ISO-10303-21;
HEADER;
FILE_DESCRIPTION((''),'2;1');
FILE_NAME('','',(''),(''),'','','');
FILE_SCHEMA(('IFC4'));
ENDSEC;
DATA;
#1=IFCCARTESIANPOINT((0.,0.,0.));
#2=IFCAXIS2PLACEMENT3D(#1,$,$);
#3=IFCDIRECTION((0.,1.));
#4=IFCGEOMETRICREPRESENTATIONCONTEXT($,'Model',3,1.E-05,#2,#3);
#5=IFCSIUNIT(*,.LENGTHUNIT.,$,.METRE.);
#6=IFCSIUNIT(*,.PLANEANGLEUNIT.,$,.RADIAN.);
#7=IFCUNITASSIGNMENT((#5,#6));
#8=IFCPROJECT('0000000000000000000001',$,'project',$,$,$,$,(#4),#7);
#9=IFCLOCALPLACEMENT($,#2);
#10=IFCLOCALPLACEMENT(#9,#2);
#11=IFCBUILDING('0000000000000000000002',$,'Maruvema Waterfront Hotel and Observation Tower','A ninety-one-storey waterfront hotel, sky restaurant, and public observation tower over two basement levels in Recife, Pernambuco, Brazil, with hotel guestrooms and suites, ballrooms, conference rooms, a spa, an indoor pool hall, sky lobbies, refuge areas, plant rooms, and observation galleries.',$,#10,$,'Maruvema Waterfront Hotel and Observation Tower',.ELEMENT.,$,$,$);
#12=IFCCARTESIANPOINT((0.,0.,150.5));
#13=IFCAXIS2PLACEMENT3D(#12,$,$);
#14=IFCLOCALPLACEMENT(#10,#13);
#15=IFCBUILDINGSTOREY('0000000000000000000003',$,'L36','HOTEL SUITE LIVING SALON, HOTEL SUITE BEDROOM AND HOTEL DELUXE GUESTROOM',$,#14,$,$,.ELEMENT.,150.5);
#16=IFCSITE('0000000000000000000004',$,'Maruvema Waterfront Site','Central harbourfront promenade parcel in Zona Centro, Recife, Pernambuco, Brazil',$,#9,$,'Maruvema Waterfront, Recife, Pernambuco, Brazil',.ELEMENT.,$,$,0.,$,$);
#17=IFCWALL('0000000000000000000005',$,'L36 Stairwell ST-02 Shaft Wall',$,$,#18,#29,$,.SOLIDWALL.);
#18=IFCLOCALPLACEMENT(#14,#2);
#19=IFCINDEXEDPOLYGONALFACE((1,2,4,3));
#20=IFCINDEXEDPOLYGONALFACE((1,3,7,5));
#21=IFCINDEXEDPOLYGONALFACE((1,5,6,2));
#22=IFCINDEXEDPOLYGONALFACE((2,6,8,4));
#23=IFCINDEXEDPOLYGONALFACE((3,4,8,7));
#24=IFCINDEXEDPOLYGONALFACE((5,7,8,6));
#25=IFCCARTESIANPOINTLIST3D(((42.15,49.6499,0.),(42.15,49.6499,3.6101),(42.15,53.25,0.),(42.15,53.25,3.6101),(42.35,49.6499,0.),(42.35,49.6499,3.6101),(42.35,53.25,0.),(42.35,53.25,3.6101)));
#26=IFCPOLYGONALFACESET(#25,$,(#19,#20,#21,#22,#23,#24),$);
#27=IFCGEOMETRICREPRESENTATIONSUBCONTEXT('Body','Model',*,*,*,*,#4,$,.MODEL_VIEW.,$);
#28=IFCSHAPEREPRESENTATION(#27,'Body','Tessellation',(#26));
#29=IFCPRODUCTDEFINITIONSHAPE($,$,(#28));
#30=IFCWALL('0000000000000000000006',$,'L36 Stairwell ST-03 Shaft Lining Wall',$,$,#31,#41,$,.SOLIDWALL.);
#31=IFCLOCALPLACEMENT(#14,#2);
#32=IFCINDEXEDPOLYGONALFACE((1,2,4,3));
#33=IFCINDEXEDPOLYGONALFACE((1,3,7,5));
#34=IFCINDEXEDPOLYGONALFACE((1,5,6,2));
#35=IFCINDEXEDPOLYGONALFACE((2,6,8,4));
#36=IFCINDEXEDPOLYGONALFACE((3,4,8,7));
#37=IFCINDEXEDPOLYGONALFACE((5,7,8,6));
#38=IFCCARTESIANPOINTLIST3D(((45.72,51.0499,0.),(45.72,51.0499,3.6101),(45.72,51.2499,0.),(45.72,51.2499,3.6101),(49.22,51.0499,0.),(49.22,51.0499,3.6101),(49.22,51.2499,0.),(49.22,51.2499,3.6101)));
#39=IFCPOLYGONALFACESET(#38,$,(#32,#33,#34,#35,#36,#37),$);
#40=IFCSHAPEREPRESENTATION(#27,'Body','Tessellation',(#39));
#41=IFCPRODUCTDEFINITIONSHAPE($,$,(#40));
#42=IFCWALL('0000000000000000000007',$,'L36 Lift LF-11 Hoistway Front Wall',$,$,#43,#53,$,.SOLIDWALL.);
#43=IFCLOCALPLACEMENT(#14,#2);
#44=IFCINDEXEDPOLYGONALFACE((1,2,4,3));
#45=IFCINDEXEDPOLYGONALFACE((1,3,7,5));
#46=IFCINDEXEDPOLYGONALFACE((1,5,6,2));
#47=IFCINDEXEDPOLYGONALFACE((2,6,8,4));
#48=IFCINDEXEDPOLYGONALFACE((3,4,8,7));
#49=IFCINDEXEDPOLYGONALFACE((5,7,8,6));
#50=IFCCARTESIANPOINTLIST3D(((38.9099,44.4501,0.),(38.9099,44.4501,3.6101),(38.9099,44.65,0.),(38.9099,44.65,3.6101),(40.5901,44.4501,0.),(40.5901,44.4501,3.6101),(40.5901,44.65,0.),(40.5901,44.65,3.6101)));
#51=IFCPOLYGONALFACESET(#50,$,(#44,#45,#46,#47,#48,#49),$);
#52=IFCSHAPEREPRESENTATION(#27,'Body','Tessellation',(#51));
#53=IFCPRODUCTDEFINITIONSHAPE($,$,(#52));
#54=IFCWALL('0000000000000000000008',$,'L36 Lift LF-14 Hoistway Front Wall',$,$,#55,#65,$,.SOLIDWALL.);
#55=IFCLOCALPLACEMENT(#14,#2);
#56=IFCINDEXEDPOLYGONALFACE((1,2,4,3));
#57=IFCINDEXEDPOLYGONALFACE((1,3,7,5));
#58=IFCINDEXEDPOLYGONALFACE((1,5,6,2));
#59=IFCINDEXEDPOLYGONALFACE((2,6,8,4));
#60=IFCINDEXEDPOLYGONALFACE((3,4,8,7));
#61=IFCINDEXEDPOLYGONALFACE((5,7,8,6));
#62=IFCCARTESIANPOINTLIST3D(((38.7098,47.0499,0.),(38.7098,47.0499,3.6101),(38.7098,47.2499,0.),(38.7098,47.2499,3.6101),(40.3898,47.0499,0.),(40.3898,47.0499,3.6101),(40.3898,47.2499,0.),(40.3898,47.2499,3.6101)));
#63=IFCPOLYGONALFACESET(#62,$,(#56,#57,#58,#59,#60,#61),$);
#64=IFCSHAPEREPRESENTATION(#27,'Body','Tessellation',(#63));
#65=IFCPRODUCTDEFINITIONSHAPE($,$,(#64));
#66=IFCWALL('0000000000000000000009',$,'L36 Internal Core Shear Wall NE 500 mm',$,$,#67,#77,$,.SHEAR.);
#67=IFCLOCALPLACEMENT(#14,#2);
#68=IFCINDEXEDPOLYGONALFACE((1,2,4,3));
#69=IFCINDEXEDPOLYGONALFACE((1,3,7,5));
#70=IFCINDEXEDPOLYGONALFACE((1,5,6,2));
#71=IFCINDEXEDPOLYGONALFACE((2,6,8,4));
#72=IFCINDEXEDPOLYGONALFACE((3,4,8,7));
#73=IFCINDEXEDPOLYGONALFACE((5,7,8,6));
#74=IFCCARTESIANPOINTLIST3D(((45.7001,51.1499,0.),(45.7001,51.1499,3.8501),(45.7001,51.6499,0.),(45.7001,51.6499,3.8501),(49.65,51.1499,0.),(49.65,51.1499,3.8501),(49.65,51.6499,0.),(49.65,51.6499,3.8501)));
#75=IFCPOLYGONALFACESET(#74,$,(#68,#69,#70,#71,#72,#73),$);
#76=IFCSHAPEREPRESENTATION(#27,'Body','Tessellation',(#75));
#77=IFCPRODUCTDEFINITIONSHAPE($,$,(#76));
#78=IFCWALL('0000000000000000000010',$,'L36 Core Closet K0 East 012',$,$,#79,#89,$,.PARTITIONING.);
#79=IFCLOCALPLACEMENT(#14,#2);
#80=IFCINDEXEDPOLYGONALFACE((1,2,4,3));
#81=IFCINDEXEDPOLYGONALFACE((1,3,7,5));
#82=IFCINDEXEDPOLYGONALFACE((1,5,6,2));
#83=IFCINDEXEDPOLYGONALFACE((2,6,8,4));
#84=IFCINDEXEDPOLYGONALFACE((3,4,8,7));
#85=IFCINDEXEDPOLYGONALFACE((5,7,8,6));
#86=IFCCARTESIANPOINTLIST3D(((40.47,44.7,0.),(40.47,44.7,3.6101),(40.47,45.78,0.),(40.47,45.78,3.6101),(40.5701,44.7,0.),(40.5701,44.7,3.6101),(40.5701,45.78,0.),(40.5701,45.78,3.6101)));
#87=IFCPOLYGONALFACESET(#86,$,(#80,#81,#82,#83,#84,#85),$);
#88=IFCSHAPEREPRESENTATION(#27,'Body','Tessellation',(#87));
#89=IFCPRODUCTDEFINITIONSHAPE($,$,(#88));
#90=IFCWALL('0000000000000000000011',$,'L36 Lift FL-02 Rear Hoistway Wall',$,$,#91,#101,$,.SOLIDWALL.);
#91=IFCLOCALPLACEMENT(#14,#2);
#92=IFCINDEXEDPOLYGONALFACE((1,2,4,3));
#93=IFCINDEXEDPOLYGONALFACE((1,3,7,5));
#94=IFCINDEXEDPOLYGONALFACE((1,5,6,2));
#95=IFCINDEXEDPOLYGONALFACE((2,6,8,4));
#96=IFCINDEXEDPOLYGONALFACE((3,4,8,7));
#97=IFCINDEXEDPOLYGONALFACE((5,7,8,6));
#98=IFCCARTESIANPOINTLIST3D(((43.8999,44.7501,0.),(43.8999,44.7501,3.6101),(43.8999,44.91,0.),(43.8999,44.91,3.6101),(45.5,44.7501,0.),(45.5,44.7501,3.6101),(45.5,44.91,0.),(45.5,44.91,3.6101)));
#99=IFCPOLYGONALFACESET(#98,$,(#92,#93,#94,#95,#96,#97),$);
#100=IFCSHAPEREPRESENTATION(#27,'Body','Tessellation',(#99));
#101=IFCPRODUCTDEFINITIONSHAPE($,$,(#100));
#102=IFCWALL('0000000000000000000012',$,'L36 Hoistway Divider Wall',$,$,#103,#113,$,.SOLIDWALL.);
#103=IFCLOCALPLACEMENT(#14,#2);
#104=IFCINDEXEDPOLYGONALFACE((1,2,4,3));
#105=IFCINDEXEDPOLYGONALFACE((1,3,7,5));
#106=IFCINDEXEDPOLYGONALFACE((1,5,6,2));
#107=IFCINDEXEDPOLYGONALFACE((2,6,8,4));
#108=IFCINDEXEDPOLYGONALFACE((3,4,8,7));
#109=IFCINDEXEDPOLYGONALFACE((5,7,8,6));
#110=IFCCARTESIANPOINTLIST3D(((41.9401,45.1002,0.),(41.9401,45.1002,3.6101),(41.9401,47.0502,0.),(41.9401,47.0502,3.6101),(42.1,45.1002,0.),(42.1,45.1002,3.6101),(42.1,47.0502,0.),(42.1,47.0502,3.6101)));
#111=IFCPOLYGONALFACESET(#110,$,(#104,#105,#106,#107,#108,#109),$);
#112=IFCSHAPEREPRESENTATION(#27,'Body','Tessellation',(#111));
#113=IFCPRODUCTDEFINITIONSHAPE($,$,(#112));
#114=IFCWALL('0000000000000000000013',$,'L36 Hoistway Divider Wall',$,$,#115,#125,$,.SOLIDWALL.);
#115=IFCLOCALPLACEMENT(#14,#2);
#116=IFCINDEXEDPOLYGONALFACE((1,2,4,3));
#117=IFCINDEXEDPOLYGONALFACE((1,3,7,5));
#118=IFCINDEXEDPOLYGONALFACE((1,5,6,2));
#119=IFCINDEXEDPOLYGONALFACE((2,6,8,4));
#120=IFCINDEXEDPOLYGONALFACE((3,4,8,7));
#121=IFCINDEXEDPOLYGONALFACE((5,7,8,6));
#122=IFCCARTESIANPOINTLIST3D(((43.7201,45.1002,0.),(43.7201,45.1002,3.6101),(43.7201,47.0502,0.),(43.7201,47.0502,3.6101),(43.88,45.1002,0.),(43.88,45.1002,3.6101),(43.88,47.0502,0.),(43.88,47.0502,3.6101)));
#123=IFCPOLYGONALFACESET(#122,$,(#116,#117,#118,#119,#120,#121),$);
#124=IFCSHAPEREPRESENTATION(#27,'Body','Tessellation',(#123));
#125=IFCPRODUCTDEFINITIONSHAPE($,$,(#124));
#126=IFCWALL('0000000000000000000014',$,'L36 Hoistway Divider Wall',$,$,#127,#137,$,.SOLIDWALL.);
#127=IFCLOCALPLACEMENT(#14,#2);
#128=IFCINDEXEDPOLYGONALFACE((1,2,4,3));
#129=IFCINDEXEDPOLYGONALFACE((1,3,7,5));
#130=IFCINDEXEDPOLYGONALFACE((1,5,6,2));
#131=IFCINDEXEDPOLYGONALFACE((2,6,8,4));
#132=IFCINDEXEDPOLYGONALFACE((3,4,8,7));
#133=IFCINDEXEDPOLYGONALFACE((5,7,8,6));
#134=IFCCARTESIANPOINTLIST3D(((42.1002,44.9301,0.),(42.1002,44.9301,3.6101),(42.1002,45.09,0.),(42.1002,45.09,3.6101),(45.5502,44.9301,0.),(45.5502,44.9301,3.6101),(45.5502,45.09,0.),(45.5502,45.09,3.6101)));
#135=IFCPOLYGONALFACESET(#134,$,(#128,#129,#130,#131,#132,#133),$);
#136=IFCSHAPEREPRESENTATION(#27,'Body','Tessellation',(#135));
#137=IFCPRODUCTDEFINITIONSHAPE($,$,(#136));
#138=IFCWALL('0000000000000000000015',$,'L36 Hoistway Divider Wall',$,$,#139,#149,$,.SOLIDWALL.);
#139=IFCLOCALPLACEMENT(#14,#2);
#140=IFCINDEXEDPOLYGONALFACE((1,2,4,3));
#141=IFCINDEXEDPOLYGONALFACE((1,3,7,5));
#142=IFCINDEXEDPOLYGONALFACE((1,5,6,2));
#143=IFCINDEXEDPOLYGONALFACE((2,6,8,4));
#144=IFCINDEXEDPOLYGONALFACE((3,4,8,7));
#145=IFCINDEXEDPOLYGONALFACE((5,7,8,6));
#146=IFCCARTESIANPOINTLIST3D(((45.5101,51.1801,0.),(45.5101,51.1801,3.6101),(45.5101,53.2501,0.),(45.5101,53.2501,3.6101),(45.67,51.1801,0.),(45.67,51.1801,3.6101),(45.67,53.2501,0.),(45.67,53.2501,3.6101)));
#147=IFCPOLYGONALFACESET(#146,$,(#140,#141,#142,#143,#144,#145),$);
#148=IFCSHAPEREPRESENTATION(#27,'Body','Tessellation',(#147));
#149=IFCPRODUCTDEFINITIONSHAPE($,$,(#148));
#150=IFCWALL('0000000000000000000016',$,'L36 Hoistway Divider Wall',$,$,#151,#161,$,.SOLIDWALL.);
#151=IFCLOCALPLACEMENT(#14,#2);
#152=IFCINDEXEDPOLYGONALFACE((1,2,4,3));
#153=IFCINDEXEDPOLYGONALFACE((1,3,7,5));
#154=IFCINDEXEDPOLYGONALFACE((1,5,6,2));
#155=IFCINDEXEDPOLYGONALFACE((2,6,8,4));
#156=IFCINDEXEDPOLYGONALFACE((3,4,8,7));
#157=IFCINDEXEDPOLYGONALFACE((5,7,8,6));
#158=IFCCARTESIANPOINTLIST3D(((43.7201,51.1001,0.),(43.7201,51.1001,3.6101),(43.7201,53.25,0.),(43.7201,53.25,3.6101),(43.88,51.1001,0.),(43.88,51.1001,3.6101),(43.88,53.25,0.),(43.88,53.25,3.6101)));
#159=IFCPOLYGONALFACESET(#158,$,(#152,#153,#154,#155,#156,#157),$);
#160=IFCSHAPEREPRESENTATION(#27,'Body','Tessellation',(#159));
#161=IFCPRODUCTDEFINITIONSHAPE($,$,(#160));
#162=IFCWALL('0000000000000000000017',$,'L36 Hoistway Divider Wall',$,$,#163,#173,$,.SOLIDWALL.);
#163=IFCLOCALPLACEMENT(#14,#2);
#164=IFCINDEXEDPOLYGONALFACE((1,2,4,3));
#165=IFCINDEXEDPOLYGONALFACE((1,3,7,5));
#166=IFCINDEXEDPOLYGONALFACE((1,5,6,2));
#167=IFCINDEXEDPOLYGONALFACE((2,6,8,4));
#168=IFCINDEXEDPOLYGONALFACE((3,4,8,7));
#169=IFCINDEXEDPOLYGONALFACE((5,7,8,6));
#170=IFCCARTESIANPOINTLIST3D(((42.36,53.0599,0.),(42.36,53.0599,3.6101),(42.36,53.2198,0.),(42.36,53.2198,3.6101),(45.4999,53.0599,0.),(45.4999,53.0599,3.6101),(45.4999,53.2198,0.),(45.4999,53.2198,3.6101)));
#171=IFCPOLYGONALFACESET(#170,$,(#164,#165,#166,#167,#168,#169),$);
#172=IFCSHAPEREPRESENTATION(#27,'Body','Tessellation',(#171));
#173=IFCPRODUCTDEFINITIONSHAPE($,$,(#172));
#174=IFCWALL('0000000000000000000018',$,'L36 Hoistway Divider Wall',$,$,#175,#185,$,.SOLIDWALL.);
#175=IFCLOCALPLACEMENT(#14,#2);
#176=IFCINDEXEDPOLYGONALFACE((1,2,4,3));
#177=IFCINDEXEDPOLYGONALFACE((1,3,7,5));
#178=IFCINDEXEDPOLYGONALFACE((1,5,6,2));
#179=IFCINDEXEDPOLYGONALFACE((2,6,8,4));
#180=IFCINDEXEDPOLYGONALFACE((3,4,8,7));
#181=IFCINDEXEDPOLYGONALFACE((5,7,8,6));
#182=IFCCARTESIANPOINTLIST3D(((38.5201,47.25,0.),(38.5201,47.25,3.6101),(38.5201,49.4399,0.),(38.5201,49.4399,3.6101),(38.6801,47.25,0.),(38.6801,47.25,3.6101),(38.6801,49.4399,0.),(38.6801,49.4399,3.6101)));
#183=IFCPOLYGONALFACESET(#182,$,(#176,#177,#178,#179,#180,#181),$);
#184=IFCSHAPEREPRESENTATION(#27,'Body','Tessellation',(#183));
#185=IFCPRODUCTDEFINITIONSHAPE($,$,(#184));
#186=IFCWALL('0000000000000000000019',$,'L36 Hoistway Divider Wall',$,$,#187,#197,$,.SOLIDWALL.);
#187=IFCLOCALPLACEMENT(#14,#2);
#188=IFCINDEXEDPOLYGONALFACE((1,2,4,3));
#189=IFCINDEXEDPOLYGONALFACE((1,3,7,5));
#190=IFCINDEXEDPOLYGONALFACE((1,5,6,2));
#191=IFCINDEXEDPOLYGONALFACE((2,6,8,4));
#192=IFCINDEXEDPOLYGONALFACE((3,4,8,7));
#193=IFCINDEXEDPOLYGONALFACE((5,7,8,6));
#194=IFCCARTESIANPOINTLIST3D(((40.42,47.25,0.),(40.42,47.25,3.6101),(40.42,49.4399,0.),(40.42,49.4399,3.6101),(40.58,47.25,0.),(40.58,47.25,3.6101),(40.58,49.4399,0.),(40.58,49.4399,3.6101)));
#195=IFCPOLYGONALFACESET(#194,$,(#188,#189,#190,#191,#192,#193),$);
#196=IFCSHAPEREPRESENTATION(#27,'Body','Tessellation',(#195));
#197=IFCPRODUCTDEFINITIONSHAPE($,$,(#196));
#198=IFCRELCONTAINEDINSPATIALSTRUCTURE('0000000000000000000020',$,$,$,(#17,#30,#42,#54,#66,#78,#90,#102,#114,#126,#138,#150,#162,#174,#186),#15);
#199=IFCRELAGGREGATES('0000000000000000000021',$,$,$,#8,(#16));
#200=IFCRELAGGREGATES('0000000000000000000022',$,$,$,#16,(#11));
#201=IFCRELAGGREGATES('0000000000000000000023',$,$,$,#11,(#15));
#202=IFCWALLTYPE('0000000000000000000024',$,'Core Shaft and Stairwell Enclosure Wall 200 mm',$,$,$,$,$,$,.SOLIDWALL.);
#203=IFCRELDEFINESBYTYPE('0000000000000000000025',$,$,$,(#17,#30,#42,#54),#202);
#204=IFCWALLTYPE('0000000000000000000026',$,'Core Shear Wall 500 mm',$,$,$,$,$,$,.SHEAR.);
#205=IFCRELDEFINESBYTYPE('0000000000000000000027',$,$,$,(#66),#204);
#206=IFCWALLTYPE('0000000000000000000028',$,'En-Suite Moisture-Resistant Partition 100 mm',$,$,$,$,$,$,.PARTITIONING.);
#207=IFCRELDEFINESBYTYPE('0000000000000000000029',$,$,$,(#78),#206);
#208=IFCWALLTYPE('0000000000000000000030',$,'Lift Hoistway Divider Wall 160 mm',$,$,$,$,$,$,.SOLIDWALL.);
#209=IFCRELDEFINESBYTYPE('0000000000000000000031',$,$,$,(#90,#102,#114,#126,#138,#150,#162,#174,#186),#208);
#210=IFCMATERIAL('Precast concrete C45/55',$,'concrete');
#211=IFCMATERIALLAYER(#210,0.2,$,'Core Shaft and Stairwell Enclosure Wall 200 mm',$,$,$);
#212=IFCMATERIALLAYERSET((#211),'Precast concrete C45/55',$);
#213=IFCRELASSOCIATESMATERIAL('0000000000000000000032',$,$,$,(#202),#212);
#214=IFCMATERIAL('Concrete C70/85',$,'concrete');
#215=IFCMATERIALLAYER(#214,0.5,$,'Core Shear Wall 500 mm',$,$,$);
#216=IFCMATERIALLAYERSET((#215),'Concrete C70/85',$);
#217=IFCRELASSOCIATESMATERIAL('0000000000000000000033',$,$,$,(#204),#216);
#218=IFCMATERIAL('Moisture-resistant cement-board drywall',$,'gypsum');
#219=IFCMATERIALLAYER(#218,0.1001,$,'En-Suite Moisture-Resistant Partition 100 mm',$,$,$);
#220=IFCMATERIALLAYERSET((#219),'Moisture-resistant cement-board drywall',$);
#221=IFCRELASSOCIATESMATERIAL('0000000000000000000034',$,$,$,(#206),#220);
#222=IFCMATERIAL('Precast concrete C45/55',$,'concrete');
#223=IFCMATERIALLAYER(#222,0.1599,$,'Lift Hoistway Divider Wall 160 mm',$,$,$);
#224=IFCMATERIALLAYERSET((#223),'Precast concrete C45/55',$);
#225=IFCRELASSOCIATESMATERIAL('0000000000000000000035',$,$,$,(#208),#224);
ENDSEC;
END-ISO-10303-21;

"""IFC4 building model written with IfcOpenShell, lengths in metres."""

from ifc_helpers import new_model, si_unit, direction, frame, frame_2d, origin, place, context, subcontext, project, spatial, rectangle, extrude, material, layer, layer_set, type_object, element, save


model = new_model("IFC4")

# Units and contexts
model_context = context("Model", 3, precision=1e-05, world=origin(), true_north=direction((0.0, 1.0)))
body_context = subcontext(model_context, "Body", "Model", "MODEL_VIEW")
ifc_project = project(units=[si_unit("LENGTHUNIT", "METRE"), si_unit("PLANEANGLEUNIT", "RADIAN")], contexts=[model_context])

# Site, building, storey
site_placement = place(None, origin())
site = spatial("IfcSite", under=ifc_project, at=site_placement, Name="Maruvema Waterfront Site", Description="Central harbourfront promenade parcel in Zona Centro, Recife, Pernambuco, Brazil", LongName="Maruvema Waterfront, Recife, Pernambuco, Brazil", CompositionType="ELEMENT", RefElevation=0.0)
building_placement = place(site_placement, origin())
building = spatial("IfcBuilding", under=site, at=building_placement, Name="Maruvema Waterfront Hotel and Observation Tower", Description="A ninety-one-storey waterfront hotel, sky restaurant, and public observation tower over two basement levels in Recife, Pernambuco, Brazil, with hotel guestrooms and suites, ballrooms, conference rooms, a spa, an indoor pool hall, sky lobbies, refuge areas, plant rooms, and observation galleries.", LongName="Maruvema Waterfront Hotel and Observation Tower", CompositionType="ELEMENT")
storey_placement = place(building_placement, frame((0.0, 0.0, 150.5)))
storey = spatial("IfcBuildingStorey", under=building, at=storey_placement, Name="L36", Description="HOTEL SUITE LIVING SALON, HOTEL SUITE BEDROOM AND HOTEL DELUXE GUESTROOM", CompositionType="ELEMENT", Elevation=150.5)

# Walls
ifc_material_1 = material(Name="Precast concrete C45/55", Category="concrete")
ifc_layer_1 = layer(ifc_material_1, 0.2, Name="Core Shaft and Stairwell Enclosure Wall 200 mm")
ifc_layer_set_1 = layer_set([ifc_layer_1], Name="Precast concrete C45/55")
wall_type_1 = type_object("IfcWallType", Name="Core Shaft and Stairwell Enclosure Wall 200 mm", PredefinedType="SOLIDWALL", material=ifc_layer_set_1)
wall_1_placement = place(storey_placement, frame((42.25, 49.6499, 0.0), z_axis=(0.0, 0.0, 1.0), x_axis=(0.0, 1.0, 0.0)))
element("IfcWall", 1, at=wall_1_placement, inside=storey, type_object=wall_type_1, Name="L36 Stairwell ST-02 Shaft Wall", PredefinedType="SOLIDWALL", context=body_context, shape_type="SweptSolid", body=[
    extrude(rectangle(XDim=3.6001, YDim=0.2, at=frame_2d((1.8, 0.0))), origin(), (0.0, 0.0, 1.0), 3.6101),
])
wall_2_placement = place(storey_placement, frame((45.72, 51.1499, 0.0), z_axis=(0.0, 0.0, 1.0), x_axis=(1.0, 0.0, 0.0)))
element("IfcWall", 2, at=wall_2_placement, inside=storey, type_object=wall_type_1, Name="L36 Stairwell ST-03 Shaft Lining Wall", PredefinedType="SOLIDWALL", context=body_context, shape_type="SweptSolid", body=[
    extrude(rectangle(XDim=3.5, YDim=0.2, at=frame_2d((1.75, 0.0))), origin(), (0.0, 0.0, 1.0), 3.6101),
])

# Walls
wall_3_placement = place(storey_placement, frame((38.9099, 44.55, 0.0), z_axis=(0.0, 0.0, 1.0), x_axis=(1.0, 0.0, 0.0)))
element("IfcWall", 3, at=wall_3_placement, inside=storey, type_object=wall_type_1, Name="L36 Lift LF-11 Hoistway Front Wall", PredefinedType="SOLIDWALL", context=body_context, shape_type="SweptSolid", body=[
    extrude(rectangle(XDim=1.6802, YDim=0.2, at=frame_2d((0.8401, 0.0))), origin(), (0.0, 0.0, 1.0), 3.6101),
])
wall_4_placement = place(storey_placement, frame((38.71, 47.1499, 0.0), z_axis=(0.0, 0.0, 1.0), x_axis=(1.0, 0.0, 0.0)))
element("IfcWall", 4, at=wall_4_placement, inside=storey, type_object=wall_type_1, Name="L36 Lift LF-14 Hoistway Front Wall", PredefinedType="SOLIDWALL", context=body_context, shape_type="SweptSolid", body=[
    extrude(rectangle(XDim=1.6799, YDim=0.2, at=frame_2d((0.8398, 0.0))), origin(), (0.0, 0.0, 1.0), 3.6101),
])
ifc_material_2 = material(Name="Concrete C70/85", Category="concrete")
ifc_layer_2 = layer(ifc_material_2, 0.5, Name="Core Shear Wall 500 mm")
ifc_layer_set_2 = layer_set([ifc_layer_2], Name="Concrete C70/85")
wall_type_2 = type_object("IfcWallType", Name="Core Shear Wall 500 mm", PredefinedType="SHEAR", material=ifc_layer_set_2)
wall_5_placement = place(storey_placement, frame((45.7, 51.3999, 0.0), z_axis=(0.0, 0.0, 1.0), x_axis=(1.0, 0.0, 0.0)))
element("IfcWall", 5, at=wall_5_placement, inside=storey, type_object=wall_type_2, Name="L36 Internal Core Shear Wall NE 500 mm", PredefinedType="SHEAR", context=body_context, shape_type="SweptSolid", body=[
    extrude(rectangle(XDim=3.95, YDim=0.5, at=frame_2d((1.9751, 0.0))), origin(), (0.0, 0.0, 1.0), 3.8501),
])
ifc_material_3 = material(Name="Moisture-resistant cement-board drywall", Category="gypsum")
ifc_layer_3 = layer(ifc_material_3, 0.1001, Name="En-Suite Moisture-Resistant Partition 100 mm")
ifc_layer_set_3 = layer_set([ifc_layer_3], Name="Moisture-resistant cement-board drywall")
wall_type_3 = type_object("IfcWallType", Name="En-Suite Moisture-Resistant Partition 100 mm", PredefinedType="PARTITIONING", material=ifc_layer_set_3)
wall_6_placement = place(storey_placement, frame((40.52, 44.7, 0.0), z_axis=(0.0, 0.0, 1.0), x_axis=(0.0, 1.0, 0.0)))
element("IfcWall", 6, at=wall_6_placement, inside=storey, type_object=wall_type_3, Name="L36 Core Closet K0 East 012", PredefinedType="PARTITIONING", context=body_context, shape_type="SweptSolid", body=[
    extrude(rectangle(XDim=1.0801, YDim=0.1001, at=frame_2d((0.54, 0.0))), origin(), (0.0, 0.0, 1.0), 3.6101),
])
ifc_material_4 = material(Name="Precast concrete C45/55", Category="concrete")
ifc_layer_4 = layer(ifc_material_4, 0.1599, Name="Lift Hoistway Divider Wall 160 mm")
ifc_layer_set_4 = layer_set([ifc_layer_4], Name="Precast concrete C45/55")
wall_type_4 = type_object("IfcWallType", Name="Lift Hoistway Divider Wall 160 mm", PredefinedType="SOLIDWALL", material=ifc_layer_set_4)
wall_7_placement = place(storey_placement, frame((43.8999, 44.8301, 0.0), z_axis=(0.0, 0.0, 1.0), x_axis=(1.0, 0.0, 0.0)))
element("IfcWall", 7, at=wall_7_placement, inside=storey, type_object=wall_type_4, Name="L36 Lift FL-02 Rear Hoistway Wall", PredefinedType="SOLIDWALL", context=body_context, shape_type="SweptSolid", body=[
    extrude(rectangle(XDim=1.6001, YDim=0.1599, at=frame_2d((0.8, 0.0))), origin(), (0.0, 0.0, 1.0), 3.6101),
])
for number, where, z_axis, x_axis, name in (
    (8, (42.02, 45.1001, 0.0), (0.0, 0.0, 1.0), (0.0, 1.0, 0.0), "L36 Hoistway Divider Wall"),
    (9, (43.8, 45.1001, 0.0), (0.0, 0.0, 1.0), (0.0, 1.0, 0.0), "L36 Hoistway Divider Wall"),
):
    element("IfcWall", number, at=place(storey_placement, frame(where, z_axis=z_axis, x_axis=x_axis)), inside=storey, type_object=wall_type_4, Name=name, PredefinedType="SOLIDWALL", context=body_context, shape_type="SweptSolid", body=[
        extrude(rectangle(XDim=1.95, YDim=0.1599, at=frame_2d((0.9751, 0.0))), origin(), (0.0, 0.0, 1.0), 3.6101),
    ])
wall_8_placement = place(storey_placement, frame((42.1001, 45.01, 0.0), z_axis=(0.0, 0.0, 1.0), x_axis=(1.0, 0.0, 0.0)))
element("IfcWall", 10, at=wall_8_placement, inside=storey, type_object=wall_type_4, Name="L36 Hoistway Divider Wall", PredefinedType="SOLIDWALL", context=body_context, shape_type="SweptSolid", body=[
    extrude(rectangle(XDim=3.45, YDim=0.1599, at=frame_2d((1.7251, 0.0))), origin(), (0.0, 0.0, 1.0), 3.6101),
])
wall_9_placement = place(storey_placement, frame((45.5901, 51.1799, 0.0), z_axis=(0.0, 0.0, 1.0), x_axis=(0.0, 1.0, 0.0)))
element("IfcWall", 11, at=wall_9_placement, inside=storey, type_object=wall_type_4, Name="L36 Hoistway Divider Wall", PredefinedType="SOLIDWALL", context=body_context, shape_type="SweptSolid", body=[
    extrude(rectangle(XDim=2.0701, YDim=0.1599, at=frame_2d((1.0352, 0.0))), origin(), (0.0, 0.0, 1.0), 3.6101),
])
wall_10_placement = place(storey_placement, frame((43.8, 51.1001, 0.0), z_axis=(0.0, 0.0, 1.0), x_axis=(0.0, 1.0, 0.0)))
element("IfcWall", 12, at=wall_10_placement, inside=storey, type_object=wall_type_4, Name="L36 Hoistway Divider Wall", PredefinedType="SOLIDWALL", context=body_context, shape_type="SweptSolid", body=[
    extrude(rectangle(XDim=2.1499, YDim=0.1599, at=frame_2d((1.075, 0.0))), origin(), (0.0, 0.0, 1.0), 3.6101),
])
wall_11_placement = place(storey_placement, frame((42.3601, 53.1399, 0.0), z_axis=(0.0, 0.0, 1.0), x_axis=(1.0, 0.0, 0.0)))
element("IfcWall", 13, at=wall_11_placement, inside=storey, type_object=wall_type_4, Name="L36 Hoistway Divider Wall", PredefinedType="SOLIDWALL", context=body_context, shape_type="SweptSolid", body=[
    extrude(rectangle(XDim=3.1399, YDim=0.1599, at=frame_2d((1.5698, 0.0))), origin(), (0.0, 0.0, 1.0), 3.6101),
])
for number, where, z_axis, x_axis, name in (
    (14, (38.6001, 47.25, 0.0), (0.0, 0.0, 1.0), (0.0, 1.0, 0.0), "L36 Hoistway Divider Wall"),
    (15, (40.5, 47.25, 0.0), (0.0, 0.0, 1.0), (0.0, 1.0, 0.0), "L36 Hoistway Divider Wall"),
):
    element("IfcWall", number, at=place(storey_placement, frame(where, z_axis=z_axis, x_axis=x_axis)), inside=storey, type_object=wall_type_4, Name=name, PredefinedType="SOLIDWALL", context=body_context, shape_type="SweptSolid", body=[
        extrude(rectangle(XDim=2.1899, YDim=0.1599, at=frame_2d((1.095, 0.0))), origin(), (0.0, 0.0, 1.0), 3.6101),
    ])

save(model, "model.ifc")
